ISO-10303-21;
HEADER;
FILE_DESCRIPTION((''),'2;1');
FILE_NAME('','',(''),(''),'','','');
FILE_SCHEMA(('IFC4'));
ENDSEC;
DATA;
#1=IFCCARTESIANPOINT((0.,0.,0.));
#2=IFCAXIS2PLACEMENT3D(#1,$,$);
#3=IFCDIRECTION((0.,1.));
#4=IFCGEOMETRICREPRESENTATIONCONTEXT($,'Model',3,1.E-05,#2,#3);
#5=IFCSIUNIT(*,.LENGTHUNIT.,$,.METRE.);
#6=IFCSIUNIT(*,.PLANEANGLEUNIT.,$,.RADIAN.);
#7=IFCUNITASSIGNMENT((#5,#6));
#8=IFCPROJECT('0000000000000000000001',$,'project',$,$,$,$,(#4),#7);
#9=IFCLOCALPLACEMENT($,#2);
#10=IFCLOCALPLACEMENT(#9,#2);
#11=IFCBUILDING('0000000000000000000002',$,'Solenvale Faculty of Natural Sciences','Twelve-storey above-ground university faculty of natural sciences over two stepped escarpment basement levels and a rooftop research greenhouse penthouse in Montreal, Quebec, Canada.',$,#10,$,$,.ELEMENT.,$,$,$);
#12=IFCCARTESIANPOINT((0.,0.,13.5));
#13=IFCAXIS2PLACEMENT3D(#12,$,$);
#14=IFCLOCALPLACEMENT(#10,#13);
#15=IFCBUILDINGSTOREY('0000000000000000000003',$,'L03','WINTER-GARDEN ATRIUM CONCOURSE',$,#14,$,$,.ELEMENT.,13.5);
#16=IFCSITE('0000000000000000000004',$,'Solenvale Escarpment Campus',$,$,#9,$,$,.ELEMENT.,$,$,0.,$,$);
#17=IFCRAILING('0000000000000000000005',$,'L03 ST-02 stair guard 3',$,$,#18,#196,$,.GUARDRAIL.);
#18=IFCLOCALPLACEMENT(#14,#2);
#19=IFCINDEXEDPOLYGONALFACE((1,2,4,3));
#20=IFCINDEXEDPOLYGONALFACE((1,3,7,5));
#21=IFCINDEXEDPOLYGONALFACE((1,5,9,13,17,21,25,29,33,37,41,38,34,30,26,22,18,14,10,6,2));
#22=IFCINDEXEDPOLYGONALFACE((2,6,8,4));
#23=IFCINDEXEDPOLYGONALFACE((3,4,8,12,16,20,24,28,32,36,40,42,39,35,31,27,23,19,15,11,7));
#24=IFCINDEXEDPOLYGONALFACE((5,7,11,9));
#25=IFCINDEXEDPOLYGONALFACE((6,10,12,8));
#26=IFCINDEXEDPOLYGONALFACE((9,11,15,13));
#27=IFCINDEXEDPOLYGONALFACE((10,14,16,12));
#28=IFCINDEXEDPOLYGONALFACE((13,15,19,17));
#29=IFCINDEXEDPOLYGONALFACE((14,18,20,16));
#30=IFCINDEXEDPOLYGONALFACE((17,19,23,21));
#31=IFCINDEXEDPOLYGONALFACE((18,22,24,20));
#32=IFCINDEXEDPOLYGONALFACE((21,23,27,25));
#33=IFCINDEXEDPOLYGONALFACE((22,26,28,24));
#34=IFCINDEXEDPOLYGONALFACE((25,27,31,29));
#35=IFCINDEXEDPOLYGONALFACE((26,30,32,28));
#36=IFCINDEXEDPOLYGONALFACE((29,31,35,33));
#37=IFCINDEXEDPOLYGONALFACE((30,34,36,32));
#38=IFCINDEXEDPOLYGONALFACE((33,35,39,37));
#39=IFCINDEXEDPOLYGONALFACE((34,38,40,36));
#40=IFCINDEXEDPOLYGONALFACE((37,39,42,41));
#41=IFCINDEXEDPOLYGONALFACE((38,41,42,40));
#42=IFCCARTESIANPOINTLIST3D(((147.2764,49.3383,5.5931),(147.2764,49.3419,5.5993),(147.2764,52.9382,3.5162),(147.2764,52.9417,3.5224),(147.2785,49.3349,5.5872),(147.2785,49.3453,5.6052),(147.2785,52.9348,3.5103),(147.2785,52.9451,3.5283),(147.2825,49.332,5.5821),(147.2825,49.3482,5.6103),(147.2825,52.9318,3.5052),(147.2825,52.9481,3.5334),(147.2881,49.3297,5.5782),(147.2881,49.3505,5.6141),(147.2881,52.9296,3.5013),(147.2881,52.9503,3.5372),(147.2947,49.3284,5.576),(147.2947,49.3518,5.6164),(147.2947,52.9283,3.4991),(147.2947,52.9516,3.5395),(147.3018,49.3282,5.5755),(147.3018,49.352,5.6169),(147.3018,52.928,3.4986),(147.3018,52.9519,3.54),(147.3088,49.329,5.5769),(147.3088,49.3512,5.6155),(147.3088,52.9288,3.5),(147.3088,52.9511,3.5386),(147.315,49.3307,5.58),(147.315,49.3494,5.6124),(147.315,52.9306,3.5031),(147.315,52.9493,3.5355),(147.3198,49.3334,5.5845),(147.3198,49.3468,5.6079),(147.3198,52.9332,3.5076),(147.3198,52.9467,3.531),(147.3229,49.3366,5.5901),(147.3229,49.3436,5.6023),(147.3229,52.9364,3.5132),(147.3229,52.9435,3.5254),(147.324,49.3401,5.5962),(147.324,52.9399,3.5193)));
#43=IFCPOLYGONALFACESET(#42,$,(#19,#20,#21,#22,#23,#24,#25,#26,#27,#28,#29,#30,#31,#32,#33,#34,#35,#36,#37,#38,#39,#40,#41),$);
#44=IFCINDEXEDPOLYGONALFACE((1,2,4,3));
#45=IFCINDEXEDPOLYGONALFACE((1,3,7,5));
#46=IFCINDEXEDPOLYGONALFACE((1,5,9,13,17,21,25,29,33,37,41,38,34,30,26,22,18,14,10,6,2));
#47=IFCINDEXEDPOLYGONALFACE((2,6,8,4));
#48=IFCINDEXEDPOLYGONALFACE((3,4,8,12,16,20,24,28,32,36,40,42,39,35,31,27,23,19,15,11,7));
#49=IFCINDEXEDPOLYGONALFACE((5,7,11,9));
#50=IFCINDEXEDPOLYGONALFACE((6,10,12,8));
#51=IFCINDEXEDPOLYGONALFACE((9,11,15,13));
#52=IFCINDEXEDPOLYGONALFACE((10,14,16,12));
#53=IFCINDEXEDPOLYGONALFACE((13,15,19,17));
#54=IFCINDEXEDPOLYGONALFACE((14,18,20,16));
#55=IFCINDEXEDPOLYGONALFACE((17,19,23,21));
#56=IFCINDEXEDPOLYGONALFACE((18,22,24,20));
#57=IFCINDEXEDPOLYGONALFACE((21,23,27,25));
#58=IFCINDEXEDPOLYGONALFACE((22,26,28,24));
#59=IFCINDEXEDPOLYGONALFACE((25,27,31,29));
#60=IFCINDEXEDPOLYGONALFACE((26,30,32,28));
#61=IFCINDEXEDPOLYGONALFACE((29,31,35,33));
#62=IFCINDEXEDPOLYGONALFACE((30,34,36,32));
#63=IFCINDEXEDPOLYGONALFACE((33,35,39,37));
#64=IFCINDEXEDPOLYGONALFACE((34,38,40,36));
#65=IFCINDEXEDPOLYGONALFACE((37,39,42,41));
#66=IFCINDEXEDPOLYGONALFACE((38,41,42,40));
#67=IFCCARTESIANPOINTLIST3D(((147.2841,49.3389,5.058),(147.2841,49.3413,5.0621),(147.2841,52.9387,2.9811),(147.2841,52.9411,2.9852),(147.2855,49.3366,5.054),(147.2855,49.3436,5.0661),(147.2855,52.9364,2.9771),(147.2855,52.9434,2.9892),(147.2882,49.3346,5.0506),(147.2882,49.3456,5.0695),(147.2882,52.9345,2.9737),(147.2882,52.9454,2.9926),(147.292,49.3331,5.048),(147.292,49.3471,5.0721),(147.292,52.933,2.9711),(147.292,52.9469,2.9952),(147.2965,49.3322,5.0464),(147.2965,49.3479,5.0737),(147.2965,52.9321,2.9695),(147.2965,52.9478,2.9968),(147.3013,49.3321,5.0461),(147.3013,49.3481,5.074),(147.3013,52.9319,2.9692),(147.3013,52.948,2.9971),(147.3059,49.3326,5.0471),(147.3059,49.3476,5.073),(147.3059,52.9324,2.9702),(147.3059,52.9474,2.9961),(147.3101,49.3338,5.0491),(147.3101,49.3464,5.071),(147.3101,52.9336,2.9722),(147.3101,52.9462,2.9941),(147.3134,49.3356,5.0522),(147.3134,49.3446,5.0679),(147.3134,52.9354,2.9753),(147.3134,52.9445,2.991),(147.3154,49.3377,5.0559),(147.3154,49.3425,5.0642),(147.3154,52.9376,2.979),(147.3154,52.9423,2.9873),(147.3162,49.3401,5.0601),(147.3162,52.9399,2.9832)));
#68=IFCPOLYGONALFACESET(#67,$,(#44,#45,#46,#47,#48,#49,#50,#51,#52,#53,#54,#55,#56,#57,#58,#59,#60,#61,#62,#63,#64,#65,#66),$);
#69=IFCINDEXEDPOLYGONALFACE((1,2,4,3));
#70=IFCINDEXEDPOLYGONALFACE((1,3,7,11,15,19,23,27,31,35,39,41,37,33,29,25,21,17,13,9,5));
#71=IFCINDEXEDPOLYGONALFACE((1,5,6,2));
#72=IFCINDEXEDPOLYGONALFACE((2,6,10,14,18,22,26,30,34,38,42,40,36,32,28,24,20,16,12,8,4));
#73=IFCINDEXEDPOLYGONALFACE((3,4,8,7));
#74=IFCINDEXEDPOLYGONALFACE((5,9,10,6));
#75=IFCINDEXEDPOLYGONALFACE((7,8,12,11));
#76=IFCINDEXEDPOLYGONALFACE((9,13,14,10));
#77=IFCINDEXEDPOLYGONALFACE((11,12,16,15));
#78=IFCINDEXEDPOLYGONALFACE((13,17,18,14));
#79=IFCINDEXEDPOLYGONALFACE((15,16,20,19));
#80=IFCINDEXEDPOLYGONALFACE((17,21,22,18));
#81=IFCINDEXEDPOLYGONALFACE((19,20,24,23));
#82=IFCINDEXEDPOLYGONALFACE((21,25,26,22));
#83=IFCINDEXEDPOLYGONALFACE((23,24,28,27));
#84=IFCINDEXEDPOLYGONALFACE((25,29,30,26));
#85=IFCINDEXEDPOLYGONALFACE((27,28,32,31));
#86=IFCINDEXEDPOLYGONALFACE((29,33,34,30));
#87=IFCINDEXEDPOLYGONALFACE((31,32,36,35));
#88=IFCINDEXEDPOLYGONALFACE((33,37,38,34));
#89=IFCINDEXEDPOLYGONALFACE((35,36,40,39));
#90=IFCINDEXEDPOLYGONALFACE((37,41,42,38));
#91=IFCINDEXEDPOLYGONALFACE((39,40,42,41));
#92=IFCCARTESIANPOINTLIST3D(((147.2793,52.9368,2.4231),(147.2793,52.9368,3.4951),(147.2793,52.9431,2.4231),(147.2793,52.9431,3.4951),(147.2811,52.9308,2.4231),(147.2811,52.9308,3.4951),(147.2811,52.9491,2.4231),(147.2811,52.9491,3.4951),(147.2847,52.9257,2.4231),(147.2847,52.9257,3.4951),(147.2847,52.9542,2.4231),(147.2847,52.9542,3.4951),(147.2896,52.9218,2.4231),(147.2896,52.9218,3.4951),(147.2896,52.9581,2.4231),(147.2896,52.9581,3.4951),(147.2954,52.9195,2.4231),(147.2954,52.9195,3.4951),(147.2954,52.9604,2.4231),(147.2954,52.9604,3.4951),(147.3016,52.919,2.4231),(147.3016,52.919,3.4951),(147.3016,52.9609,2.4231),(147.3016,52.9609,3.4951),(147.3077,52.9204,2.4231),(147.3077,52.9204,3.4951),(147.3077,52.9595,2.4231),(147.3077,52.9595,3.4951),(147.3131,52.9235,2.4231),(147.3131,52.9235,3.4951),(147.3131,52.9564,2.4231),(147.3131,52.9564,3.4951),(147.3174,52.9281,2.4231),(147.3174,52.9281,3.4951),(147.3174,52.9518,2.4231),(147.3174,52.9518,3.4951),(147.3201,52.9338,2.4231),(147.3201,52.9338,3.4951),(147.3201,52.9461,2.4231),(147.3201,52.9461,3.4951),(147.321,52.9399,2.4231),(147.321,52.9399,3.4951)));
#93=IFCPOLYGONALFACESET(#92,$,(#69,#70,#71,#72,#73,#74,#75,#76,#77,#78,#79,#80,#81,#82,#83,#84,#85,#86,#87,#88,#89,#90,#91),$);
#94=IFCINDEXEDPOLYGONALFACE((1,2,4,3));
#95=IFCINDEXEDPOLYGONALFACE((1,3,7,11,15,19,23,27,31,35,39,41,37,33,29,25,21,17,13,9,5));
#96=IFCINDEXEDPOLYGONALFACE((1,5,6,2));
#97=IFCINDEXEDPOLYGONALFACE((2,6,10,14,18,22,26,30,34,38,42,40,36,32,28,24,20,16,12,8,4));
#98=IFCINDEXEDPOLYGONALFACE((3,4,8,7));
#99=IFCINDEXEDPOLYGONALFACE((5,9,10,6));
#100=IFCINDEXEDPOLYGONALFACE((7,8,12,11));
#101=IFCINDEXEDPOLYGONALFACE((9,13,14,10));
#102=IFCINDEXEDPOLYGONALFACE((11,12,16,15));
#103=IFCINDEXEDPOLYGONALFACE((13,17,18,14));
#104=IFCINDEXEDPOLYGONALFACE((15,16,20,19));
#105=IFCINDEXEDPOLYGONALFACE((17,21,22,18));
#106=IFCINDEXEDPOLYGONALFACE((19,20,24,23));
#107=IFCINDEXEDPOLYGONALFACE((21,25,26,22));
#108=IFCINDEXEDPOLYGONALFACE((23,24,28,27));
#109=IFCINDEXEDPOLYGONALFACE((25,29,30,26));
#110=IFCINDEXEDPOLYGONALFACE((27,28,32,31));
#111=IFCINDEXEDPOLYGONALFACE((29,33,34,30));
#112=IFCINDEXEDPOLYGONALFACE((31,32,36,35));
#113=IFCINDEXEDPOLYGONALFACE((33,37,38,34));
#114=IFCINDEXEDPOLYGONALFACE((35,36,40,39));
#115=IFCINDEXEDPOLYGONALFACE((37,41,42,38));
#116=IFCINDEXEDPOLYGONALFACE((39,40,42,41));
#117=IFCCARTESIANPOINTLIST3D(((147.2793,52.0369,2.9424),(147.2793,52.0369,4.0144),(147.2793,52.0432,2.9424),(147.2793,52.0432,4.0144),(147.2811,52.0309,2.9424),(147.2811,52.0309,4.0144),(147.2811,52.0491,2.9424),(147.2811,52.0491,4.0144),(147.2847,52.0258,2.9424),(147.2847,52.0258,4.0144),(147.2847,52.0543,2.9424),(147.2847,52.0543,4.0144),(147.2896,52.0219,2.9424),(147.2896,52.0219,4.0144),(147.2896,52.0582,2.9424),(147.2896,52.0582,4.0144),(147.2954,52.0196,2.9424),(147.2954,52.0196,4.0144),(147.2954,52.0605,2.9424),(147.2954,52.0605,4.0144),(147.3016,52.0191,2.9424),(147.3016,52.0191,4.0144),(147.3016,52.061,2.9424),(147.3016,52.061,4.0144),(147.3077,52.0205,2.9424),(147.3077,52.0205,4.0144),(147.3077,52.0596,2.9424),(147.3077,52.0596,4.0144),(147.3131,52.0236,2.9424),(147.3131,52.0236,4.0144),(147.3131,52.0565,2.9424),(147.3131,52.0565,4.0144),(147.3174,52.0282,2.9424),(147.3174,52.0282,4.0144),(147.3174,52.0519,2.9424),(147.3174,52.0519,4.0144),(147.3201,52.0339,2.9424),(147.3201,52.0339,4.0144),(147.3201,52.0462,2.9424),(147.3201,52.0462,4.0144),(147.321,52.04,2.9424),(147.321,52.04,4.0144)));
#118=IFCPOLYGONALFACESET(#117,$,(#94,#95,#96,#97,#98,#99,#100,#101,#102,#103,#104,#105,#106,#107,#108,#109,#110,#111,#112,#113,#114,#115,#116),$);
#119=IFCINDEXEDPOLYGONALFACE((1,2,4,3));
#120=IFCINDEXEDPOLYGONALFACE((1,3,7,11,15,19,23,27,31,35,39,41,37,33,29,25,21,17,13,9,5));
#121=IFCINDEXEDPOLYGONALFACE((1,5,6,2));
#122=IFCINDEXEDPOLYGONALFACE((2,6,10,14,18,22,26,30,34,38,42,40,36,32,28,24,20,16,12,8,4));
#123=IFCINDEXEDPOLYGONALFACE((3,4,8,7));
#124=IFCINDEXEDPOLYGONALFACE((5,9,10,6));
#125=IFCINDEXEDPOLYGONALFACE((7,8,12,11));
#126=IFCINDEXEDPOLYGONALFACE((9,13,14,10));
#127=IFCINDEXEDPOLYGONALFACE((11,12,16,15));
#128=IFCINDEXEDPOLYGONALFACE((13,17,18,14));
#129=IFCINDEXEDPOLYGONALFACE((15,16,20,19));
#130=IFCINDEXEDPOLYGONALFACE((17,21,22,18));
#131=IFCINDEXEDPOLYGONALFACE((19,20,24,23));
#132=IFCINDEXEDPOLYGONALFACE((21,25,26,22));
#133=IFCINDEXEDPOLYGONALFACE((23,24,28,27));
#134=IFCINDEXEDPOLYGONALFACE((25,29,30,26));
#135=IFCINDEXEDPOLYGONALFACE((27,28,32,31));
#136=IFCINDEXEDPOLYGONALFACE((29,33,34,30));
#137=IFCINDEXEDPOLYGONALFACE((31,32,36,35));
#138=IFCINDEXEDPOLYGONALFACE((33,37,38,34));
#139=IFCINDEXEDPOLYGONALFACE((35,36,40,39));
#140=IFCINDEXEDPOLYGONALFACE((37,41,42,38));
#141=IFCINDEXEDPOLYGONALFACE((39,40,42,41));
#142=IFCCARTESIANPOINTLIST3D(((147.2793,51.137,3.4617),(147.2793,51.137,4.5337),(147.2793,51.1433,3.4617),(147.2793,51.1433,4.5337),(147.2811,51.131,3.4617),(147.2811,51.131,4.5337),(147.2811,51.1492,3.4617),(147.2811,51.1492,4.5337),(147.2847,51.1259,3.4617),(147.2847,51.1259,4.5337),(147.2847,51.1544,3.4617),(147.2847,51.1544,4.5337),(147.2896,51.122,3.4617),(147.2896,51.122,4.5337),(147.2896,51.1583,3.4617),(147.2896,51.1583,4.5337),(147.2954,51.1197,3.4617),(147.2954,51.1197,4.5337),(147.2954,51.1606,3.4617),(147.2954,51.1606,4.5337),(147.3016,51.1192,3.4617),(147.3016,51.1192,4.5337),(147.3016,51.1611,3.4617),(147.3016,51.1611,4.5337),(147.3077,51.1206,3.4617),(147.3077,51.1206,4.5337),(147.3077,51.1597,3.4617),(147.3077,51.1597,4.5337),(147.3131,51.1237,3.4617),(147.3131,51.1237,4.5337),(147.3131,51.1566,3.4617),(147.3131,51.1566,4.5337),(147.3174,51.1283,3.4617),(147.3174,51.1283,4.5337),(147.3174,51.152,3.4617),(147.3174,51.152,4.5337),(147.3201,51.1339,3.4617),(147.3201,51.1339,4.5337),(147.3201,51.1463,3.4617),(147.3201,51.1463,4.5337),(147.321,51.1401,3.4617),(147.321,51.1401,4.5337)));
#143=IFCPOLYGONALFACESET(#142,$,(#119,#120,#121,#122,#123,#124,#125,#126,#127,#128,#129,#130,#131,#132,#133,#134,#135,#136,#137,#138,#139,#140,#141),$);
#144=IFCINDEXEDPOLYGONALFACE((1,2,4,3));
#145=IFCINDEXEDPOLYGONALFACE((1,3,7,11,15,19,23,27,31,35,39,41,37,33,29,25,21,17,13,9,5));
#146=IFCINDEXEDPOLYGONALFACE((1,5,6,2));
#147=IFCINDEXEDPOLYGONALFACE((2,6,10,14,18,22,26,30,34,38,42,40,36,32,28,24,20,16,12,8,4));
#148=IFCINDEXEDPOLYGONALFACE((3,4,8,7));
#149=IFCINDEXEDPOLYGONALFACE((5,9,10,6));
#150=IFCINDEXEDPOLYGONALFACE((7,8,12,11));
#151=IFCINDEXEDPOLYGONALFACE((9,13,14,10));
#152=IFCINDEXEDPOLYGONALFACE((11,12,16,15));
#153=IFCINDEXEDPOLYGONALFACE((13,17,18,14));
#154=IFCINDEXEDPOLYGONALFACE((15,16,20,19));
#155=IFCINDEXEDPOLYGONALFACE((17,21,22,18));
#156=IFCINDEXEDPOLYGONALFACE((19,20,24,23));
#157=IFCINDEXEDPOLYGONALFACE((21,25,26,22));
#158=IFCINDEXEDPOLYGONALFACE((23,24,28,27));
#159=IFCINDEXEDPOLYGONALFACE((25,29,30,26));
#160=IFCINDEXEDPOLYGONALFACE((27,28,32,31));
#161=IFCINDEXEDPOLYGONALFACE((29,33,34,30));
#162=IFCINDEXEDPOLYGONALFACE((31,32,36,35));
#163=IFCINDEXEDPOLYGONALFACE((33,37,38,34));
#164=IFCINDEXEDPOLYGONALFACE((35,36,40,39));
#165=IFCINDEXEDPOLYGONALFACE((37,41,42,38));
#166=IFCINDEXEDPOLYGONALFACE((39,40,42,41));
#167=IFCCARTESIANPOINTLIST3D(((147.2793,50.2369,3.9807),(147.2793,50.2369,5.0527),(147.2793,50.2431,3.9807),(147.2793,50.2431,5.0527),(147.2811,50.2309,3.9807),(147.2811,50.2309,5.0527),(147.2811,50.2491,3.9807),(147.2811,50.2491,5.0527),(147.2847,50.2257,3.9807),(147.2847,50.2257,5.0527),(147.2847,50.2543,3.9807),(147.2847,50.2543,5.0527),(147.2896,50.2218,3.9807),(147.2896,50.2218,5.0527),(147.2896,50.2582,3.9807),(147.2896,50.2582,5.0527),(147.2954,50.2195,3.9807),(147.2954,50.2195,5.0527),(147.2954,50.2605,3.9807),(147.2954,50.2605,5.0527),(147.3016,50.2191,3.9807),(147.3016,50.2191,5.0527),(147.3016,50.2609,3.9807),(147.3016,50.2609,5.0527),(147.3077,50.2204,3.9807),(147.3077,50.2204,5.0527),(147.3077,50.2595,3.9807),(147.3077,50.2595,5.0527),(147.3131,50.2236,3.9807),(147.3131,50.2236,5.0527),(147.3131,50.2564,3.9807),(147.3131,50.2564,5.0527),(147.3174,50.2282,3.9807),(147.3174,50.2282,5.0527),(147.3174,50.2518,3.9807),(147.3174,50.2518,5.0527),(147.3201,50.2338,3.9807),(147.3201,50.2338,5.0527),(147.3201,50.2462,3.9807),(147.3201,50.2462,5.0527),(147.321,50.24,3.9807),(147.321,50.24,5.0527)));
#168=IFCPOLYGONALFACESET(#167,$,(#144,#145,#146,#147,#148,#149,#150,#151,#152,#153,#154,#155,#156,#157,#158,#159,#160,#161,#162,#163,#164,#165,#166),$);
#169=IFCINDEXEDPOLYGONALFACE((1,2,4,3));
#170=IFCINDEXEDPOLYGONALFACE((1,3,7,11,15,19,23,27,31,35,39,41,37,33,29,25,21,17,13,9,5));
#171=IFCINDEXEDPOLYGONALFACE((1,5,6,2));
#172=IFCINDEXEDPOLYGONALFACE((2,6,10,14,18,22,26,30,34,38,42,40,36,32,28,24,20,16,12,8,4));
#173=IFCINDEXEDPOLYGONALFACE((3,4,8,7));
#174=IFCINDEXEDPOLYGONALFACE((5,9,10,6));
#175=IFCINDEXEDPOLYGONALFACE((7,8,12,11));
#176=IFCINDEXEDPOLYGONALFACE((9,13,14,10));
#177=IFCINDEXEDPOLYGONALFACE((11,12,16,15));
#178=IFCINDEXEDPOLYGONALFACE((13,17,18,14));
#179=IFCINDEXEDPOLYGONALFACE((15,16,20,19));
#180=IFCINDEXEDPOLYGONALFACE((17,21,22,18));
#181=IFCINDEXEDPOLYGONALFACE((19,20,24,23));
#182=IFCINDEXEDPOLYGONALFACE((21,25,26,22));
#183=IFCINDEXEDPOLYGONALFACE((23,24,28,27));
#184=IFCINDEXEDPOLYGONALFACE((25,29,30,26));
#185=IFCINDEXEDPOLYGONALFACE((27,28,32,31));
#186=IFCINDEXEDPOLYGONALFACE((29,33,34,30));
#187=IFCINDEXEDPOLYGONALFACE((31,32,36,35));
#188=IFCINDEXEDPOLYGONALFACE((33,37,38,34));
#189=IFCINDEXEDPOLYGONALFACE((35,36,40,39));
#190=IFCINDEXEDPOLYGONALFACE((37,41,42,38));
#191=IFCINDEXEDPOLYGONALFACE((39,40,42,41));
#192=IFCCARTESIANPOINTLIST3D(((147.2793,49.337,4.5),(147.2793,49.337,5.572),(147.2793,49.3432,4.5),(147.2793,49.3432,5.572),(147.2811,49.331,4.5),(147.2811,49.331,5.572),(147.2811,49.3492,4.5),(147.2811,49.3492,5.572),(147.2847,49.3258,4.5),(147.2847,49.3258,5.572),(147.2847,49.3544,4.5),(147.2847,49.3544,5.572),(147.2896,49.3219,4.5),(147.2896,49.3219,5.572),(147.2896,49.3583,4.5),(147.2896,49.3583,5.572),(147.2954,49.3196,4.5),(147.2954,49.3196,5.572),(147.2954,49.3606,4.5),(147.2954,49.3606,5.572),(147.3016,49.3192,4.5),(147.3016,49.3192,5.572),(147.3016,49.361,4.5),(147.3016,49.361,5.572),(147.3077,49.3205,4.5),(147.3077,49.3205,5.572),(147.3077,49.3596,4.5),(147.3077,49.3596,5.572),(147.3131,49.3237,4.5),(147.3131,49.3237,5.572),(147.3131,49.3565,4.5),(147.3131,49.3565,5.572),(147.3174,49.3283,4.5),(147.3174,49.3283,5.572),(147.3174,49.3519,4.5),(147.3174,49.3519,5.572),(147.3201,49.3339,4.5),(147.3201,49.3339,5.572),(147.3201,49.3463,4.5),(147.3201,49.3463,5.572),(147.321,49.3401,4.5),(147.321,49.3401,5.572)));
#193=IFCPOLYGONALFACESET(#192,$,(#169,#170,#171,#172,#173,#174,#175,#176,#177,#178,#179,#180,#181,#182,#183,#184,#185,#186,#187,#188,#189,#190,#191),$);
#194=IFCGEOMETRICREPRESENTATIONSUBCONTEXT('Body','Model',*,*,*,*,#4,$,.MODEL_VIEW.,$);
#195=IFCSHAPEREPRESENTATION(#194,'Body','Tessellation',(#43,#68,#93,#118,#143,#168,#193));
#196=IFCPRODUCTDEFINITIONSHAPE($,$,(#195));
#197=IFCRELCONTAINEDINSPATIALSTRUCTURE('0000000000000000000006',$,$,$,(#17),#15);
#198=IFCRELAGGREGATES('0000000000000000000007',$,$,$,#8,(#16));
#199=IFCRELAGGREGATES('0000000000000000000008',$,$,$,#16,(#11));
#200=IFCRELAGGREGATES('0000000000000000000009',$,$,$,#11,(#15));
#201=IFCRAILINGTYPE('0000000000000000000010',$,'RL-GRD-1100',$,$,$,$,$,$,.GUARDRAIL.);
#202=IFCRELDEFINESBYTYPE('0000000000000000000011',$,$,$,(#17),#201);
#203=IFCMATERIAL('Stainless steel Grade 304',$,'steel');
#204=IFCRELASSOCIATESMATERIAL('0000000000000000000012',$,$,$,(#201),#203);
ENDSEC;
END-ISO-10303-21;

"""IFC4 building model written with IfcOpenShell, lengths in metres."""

from ifc_helpers import new_model, si_unit, direction, frame, origin, origin_2d, place, context, subcontext, project, spatial, circle, extrude, material, type_object, element, save


model = new_model("IFC4")

# Units and contexts
model_context = context("Model", 3, precision=1e-05, world=origin(), true_north=direction((0.0, 1.0)))
body_context = subcontext(model_context, "Body", "Model", "MODEL_VIEW")
ifc_project = project(units=[si_unit("LENGTHUNIT", "METRE"), si_unit("PLANEANGLEUNIT", "RADIAN")], contexts=[model_context])

# Site, building, storey
site_placement = place(None, origin())
site = spatial("IfcSite", under=ifc_project, at=site_placement, Name="Solenvale Escarpment Campus", CompositionType="ELEMENT", RefElevation=0.0)
building_placement = place(site_placement, origin())
building = spatial("IfcBuilding", under=site, at=building_placement, Name="Solenvale Faculty of Natural Sciences", Description="Twelve-storey above-ground university faculty of natural sciences over two stepped escarpment basement levels and a rooftop research greenhouse penthouse in Montreal, Quebec, Canada.", CompositionType="ELEMENT")
storey_placement = place(building_placement, frame((0.0, 0.0, 13.5)))
storey = spatial("IfcBuildingStorey", under=building, at=storey_placement, Name="L03", Description="WINTER-GARDEN ATRIUM CONCOURSE", CompositionType="ELEMENT", Elevation=13.5)

# Shared definitions
ifc_material_1 = material(Name="Stainless steel Grade 304", Category="steel")

# Railing
railing_type = type_object("IfcRailingType", Name="RL-GRD-1100", PredefinedType="GUARDRAIL", material=ifc_material_1)
railing_1_placement = place(storey_placement, frame((147.3, 52.9399, 2.4231)))
element("IfcRailing", 1, at=railing_1_placement, inside=storey, type_object=railing_type, Name="L03 ST-02 stair guard 3", PredefinedType="GUARDRAIL", context=body_context, shape_type="SweptSolid", body=[
    extrude(circle(Radius=0.0239, at=origin_2d()), frame((0.0, 0.0, 1.0962), z_axis=(0.0, -0.866179, 0.499734), x_axis=(1.0, 0.0, 0.0)), (0.0, 0.0, 1.0), 4.156),
    extrude(circle(Radius=0.0161, at=origin_2d()), frame((0.0, 0.0, 0.5601), z_axis=(0.0, -0.866179, 0.499734), x_axis=(1.0, 0.0, 0.0)), (0.0, 0.0, 1.0), 4.156),
    extrude(circle(Radius=0.021, at=origin_2d()), origin(), (0.0, 0.0, 1.0), 1.072),
    extrude(circle(Radius=0.021, at=origin_2d()), frame((0.0, -0.8999, 0.5193)), (0.0, 0.0, 1.0), 1.072),
    extrude(circle(Radius=0.021, at=origin_2d()), frame((0.0, -1.7998, 1.0386)), (0.0, 0.0, 1.0), 1.072),
    extrude(circle(Radius=0.021, at=origin_2d()), frame((0.0, -2.7, 1.5576)), (0.0, 0.0, 1.0), 1.072),
    extrude(circle(Radius=0.021, at=origin_2d()), frame((0.0, -3.5999, 2.0769)), (0.0, 0.0, 1.0), 1.072),
])

save(model, "model.ifc")
